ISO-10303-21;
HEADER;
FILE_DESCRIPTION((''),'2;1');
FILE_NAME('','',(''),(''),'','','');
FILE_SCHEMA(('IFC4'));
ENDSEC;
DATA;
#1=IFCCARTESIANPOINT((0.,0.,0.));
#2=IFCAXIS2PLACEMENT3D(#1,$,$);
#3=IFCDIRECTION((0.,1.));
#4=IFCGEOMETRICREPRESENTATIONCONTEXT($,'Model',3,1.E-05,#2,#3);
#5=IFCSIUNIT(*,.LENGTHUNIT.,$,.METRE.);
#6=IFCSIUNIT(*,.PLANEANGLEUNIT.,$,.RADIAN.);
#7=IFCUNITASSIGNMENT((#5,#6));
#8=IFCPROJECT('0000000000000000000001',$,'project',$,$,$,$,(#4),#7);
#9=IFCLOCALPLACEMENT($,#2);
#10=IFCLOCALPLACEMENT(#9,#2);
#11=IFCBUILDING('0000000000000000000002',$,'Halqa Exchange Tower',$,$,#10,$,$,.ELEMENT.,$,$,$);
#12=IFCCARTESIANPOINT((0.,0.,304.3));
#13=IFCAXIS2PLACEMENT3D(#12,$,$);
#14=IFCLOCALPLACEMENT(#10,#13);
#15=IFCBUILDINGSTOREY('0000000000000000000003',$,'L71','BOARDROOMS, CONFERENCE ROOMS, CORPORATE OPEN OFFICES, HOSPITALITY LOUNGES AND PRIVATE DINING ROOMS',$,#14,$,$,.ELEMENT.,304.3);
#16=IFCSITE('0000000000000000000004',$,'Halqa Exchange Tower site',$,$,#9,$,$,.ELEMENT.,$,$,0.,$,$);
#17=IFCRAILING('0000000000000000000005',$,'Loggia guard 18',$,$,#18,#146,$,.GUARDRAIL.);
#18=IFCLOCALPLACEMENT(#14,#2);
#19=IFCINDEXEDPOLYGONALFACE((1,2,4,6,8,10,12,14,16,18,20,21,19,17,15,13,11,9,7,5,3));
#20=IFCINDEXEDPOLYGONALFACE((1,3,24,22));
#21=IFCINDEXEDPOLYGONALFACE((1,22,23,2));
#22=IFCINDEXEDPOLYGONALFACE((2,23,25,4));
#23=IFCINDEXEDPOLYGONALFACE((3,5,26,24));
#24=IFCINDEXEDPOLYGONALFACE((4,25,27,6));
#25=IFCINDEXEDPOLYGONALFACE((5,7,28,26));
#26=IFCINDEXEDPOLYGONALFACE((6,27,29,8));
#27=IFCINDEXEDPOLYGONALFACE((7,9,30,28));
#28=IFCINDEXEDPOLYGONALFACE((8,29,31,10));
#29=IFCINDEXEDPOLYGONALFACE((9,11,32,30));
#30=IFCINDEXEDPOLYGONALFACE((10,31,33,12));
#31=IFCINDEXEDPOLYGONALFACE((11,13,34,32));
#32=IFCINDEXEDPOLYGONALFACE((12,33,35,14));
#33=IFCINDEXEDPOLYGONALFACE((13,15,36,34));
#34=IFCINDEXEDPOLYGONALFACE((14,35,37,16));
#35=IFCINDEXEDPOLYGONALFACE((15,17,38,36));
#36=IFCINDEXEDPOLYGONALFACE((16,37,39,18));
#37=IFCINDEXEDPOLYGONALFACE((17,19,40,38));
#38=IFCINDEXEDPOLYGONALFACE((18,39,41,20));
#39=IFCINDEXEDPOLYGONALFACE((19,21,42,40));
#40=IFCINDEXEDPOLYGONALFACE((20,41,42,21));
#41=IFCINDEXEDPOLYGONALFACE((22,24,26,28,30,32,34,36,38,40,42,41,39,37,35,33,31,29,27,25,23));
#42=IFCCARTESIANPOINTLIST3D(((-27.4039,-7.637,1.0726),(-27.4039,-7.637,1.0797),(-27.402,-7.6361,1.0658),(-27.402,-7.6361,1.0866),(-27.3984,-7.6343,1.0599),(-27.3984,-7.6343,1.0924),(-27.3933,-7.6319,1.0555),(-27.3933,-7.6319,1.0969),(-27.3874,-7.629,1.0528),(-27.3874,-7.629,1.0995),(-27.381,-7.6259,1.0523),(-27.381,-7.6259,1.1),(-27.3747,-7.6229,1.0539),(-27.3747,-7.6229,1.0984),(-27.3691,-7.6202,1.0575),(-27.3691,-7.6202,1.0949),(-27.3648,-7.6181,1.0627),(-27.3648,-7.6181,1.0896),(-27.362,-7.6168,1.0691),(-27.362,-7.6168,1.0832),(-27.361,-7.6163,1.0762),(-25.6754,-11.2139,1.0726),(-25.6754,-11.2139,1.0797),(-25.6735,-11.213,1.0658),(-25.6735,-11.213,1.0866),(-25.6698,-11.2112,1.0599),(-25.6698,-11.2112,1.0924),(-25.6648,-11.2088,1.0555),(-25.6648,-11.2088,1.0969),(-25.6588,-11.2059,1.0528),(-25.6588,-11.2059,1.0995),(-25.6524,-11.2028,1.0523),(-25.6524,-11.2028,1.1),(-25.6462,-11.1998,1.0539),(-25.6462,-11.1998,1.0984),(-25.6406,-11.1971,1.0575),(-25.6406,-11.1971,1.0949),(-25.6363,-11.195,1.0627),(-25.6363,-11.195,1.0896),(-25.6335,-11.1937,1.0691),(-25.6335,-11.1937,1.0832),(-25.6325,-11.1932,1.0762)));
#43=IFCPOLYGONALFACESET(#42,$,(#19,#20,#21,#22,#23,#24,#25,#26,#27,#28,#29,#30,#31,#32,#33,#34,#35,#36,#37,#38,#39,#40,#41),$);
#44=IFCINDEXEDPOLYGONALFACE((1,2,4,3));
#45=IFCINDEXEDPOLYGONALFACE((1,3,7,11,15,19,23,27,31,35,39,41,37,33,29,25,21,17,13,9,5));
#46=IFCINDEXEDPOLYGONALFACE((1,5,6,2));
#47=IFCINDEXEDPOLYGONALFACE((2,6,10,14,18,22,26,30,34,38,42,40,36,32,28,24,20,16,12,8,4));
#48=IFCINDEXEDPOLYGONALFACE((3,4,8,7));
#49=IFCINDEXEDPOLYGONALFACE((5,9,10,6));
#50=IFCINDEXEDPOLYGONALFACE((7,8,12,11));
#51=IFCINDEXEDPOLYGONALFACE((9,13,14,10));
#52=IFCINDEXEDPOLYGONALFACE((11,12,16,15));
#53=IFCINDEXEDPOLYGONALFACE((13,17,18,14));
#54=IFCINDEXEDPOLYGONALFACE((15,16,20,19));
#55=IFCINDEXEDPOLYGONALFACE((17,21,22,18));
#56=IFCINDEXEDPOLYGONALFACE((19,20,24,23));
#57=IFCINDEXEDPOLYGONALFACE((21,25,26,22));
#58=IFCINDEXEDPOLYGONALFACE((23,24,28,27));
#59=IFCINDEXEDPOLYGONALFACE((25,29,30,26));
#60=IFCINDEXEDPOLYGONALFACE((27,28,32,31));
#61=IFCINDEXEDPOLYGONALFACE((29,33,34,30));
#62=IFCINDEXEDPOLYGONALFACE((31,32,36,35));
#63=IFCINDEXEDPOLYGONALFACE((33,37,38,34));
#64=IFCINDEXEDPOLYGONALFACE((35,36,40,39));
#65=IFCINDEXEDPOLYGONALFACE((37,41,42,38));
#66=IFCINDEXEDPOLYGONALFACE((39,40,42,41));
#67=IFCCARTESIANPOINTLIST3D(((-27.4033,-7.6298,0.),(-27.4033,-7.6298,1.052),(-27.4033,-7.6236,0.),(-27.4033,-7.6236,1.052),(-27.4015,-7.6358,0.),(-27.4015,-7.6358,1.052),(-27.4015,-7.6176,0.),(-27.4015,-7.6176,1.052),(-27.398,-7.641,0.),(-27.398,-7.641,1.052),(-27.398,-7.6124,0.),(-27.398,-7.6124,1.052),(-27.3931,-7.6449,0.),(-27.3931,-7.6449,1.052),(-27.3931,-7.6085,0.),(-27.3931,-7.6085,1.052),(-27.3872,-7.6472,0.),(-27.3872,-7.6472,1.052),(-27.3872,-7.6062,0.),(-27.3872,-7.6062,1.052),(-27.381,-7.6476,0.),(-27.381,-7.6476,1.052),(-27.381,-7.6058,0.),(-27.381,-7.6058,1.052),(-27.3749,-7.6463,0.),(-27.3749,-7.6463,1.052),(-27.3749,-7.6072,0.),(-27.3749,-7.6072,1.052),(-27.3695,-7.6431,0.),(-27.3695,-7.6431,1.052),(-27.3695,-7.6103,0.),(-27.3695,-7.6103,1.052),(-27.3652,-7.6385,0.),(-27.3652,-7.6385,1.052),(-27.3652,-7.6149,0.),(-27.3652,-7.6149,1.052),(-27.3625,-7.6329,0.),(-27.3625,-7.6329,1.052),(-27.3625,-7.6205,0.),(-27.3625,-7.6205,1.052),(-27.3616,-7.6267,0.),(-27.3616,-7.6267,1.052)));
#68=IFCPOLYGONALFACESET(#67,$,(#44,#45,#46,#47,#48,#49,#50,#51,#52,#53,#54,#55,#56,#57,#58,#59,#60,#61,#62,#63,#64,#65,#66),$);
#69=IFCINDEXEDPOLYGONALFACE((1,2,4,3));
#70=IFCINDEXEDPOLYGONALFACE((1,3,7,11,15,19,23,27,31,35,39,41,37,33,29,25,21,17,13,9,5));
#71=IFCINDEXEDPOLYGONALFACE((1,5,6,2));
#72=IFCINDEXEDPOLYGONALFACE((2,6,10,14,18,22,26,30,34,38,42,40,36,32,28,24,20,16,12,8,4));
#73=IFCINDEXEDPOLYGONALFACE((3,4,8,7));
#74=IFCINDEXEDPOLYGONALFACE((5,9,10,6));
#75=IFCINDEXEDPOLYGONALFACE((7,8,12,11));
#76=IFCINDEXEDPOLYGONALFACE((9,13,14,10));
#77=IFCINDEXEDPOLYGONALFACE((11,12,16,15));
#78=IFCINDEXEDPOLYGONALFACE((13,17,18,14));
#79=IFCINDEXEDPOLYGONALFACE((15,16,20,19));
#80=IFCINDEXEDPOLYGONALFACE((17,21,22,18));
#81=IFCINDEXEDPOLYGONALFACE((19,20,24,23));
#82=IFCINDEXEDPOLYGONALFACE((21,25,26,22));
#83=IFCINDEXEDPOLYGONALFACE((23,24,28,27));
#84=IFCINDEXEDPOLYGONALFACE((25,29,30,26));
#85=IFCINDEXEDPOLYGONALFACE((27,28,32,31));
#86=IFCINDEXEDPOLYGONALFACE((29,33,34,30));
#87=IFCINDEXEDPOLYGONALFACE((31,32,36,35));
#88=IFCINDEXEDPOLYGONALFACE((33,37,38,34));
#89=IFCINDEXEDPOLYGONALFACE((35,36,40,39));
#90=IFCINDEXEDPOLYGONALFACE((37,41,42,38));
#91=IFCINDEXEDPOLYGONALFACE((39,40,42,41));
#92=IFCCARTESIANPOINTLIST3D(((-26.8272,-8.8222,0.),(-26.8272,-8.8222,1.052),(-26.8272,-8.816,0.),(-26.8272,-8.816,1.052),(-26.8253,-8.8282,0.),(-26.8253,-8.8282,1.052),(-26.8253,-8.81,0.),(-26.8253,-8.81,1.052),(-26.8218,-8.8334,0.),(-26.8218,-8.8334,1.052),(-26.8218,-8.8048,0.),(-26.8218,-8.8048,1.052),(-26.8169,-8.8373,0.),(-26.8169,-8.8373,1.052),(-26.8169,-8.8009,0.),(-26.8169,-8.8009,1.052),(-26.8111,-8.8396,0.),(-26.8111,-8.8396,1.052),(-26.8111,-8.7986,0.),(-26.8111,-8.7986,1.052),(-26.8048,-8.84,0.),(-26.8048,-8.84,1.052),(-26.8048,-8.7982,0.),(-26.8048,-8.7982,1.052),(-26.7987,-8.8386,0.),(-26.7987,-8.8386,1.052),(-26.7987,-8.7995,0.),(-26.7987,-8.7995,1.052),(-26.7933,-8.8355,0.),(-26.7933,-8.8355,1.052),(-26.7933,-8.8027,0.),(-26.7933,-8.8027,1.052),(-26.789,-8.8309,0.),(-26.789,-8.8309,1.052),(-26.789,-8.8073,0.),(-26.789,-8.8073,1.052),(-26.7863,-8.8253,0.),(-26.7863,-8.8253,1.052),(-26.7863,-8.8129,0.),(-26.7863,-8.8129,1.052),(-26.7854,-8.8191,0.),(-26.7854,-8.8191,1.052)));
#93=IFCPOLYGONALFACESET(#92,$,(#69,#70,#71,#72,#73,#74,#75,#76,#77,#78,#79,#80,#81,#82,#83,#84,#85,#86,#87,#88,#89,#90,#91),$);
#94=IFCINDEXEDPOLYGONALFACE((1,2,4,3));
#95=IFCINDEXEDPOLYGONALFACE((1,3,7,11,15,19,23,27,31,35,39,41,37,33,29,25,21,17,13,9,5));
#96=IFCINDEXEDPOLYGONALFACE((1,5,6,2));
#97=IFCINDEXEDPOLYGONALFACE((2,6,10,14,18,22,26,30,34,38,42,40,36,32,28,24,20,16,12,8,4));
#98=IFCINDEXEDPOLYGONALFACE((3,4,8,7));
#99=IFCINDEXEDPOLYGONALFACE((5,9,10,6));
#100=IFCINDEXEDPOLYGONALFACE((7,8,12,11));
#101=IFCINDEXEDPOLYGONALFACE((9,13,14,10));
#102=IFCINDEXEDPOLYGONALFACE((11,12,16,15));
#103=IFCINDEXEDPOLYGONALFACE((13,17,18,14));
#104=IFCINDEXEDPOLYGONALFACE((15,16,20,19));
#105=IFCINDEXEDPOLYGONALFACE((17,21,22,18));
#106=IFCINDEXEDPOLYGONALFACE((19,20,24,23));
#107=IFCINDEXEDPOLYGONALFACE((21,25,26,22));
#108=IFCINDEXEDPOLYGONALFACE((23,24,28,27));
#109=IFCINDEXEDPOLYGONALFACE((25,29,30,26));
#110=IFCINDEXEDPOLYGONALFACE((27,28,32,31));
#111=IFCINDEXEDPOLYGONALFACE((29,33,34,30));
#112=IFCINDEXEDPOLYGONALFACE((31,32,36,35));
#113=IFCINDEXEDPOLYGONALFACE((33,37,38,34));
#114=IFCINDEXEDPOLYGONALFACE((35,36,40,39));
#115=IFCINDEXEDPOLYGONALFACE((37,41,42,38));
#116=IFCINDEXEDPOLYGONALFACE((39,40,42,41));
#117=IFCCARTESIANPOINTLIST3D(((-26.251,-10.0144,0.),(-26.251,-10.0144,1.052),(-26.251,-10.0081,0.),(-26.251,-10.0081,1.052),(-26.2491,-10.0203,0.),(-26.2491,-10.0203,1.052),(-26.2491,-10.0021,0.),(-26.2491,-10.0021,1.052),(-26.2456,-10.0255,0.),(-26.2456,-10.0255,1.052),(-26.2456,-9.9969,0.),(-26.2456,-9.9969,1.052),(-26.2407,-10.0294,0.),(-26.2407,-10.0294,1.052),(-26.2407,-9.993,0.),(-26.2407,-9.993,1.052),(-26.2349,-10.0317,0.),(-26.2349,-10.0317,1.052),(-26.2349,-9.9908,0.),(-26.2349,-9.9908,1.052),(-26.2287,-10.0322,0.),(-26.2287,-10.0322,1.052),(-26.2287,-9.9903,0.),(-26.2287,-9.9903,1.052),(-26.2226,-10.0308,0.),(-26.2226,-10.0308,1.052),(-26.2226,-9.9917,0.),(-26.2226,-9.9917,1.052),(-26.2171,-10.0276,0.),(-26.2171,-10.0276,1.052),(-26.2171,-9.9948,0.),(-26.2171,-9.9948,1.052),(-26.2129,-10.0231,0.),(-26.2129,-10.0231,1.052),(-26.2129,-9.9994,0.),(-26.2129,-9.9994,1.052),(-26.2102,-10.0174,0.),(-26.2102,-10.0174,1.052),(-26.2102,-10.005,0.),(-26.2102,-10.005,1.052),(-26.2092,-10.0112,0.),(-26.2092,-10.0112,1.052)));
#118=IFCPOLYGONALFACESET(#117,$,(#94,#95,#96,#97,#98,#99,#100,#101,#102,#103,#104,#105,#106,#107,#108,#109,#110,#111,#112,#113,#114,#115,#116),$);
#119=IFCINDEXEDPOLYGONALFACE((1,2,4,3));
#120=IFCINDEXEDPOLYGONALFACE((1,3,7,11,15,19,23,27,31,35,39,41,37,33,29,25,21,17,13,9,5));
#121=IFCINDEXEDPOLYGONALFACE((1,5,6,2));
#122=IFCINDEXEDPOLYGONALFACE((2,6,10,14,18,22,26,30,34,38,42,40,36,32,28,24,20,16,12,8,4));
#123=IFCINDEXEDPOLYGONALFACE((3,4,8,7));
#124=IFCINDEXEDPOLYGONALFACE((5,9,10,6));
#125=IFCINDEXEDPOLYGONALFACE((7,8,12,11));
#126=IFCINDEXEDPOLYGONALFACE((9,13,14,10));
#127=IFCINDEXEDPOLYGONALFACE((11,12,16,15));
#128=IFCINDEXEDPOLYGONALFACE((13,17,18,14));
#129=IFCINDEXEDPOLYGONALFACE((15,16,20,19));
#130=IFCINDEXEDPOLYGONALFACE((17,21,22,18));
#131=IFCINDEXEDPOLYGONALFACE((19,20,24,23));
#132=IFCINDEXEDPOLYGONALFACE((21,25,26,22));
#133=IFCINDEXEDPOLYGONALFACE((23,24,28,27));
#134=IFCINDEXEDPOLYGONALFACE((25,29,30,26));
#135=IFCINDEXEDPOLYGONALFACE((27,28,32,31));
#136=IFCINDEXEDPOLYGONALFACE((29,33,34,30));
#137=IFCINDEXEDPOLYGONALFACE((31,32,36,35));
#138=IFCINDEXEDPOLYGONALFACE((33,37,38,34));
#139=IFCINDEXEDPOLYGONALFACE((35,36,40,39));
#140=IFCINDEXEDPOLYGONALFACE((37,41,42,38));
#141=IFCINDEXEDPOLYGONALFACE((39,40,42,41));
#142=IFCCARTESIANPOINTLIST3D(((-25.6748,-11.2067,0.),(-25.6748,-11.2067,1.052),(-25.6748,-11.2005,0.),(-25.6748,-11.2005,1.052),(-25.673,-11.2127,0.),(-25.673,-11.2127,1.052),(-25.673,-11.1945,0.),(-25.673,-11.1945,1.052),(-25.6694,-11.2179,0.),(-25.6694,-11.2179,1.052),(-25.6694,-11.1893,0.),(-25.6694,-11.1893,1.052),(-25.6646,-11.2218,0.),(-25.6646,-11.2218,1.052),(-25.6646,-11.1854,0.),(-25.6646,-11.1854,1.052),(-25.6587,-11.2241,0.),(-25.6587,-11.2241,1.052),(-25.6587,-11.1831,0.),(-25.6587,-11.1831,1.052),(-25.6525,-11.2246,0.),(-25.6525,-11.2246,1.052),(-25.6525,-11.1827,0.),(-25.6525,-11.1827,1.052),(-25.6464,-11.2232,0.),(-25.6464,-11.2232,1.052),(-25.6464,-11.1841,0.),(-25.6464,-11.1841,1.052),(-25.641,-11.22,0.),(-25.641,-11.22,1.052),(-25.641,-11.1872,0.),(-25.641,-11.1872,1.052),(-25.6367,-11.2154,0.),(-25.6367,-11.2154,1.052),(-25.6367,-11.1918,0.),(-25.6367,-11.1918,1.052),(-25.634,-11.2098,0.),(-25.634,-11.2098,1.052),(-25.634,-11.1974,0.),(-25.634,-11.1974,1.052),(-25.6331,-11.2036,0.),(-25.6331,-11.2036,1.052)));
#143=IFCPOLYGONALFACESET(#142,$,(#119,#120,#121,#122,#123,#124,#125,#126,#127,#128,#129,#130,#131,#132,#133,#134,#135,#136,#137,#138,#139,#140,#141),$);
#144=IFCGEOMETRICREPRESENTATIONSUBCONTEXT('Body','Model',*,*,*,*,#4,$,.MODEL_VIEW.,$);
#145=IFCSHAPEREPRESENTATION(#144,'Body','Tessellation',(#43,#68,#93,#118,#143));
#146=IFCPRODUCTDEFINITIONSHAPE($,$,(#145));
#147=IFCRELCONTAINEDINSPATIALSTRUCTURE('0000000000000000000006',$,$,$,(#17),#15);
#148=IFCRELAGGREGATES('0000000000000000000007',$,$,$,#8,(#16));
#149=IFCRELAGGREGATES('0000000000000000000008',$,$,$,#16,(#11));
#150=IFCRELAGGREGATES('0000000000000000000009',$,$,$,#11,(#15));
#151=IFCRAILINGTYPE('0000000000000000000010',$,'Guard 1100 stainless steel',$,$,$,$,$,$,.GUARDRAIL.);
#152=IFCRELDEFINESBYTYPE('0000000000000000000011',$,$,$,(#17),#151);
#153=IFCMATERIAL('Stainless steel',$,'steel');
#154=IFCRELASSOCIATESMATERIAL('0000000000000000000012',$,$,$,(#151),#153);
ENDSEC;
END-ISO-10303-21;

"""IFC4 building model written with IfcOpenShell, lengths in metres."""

from ifc_helpers import new_model, si_unit, direction, frame, origin, origin_2d, place, context, subcontext, project, spatial, circle, extrude, material, type_object, element, save


model = new_model("IFC4")

# Units and contexts
model_context = context("Model", 3, precision=1e-05, world=origin(), true_north=direction((0.0, 1.0)))
body_context = subcontext(model_context, "Body", "Model", "MODEL_VIEW")
ifc_project = project(units=[si_unit("LENGTHUNIT", "METRE"), si_unit("PLANEANGLEUNIT", "RADIAN")], contexts=[model_context])

# Site, building, storey
site_placement = place(None, origin())
site = spatial("IfcSite", under=ifc_project, at=site_placement, Name="Halqa Exchange Tower site", CompositionType="ELEMENT", RefElevation=0.0)
building_placement = place(site_placement, origin())
building = spatial("IfcBuilding", under=site, at=building_placement, Name="Halqa Exchange Tower", CompositionType="ELEMENT")
storey_placement = place(building_placement, frame((0.0, 0.0, 304.3)))
storey = spatial("IfcBuildingStorey", under=building, at=storey_placement, Name="L71", Description="BOARDROOMS, CONFERENCE ROOMS, CORPORATE OPEN OFFICES, HOSPITALITY LOUNGES AND PRIVATE DINING ROOMS", CompositionType="ELEMENT", Elevation=304.3)

# Railing
ifc_material_1 = material(Name="Stainless steel", Category="steel")
railing_type = type_object("IfcRailingType", Name="Guard 1100 stainless steel", PredefinedType="GUARDRAIL", material=ifc_material_1)
railing_1_placement = place(storey_placement, frame((-27.3826, -7.6267, 0.0)))
element("IfcRailing", 1, at=railing_1_placement, inside=storey, type_object=railing_type, Name="Loggia guard 18", PredefinedType="GUARDRAIL", context=body_context, shape_type="SweptSolid", body=[
    extrude(circle(Radius=0.0239, at=origin_2d()), frame((0.0, 0.0, 1.0762), z_axis=(0.435103, -0.900381, 0.0), x_axis=(0.900381, 0.435103, 0.0)), (0.0, 0.0, 1.0), 3.9727),
    extrude(circle(Radius=0.021, at=origin_2d()), origin(), (0.0, 0.0, 1.0), 1.052),
    extrude(circle(Radius=0.021, at=origin_2d()), frame((0.5762, -1.1924, 0.0)), (0.0, 0.0, 1.0), 1.052),
    extrude(circle(Radius=0.021, at=origin_2d()), frame((1.1523, -2.3845, 0.0)), (0.0, 0.0, 1.0), 1.052),
    extrude(circle(Radius=0.021, at=origin_2d()), frame((1.7285, -3.5769, 0.0)), (0.0, 0.0, 1.0), 1.052),
])

save(model, "model.ifc")
